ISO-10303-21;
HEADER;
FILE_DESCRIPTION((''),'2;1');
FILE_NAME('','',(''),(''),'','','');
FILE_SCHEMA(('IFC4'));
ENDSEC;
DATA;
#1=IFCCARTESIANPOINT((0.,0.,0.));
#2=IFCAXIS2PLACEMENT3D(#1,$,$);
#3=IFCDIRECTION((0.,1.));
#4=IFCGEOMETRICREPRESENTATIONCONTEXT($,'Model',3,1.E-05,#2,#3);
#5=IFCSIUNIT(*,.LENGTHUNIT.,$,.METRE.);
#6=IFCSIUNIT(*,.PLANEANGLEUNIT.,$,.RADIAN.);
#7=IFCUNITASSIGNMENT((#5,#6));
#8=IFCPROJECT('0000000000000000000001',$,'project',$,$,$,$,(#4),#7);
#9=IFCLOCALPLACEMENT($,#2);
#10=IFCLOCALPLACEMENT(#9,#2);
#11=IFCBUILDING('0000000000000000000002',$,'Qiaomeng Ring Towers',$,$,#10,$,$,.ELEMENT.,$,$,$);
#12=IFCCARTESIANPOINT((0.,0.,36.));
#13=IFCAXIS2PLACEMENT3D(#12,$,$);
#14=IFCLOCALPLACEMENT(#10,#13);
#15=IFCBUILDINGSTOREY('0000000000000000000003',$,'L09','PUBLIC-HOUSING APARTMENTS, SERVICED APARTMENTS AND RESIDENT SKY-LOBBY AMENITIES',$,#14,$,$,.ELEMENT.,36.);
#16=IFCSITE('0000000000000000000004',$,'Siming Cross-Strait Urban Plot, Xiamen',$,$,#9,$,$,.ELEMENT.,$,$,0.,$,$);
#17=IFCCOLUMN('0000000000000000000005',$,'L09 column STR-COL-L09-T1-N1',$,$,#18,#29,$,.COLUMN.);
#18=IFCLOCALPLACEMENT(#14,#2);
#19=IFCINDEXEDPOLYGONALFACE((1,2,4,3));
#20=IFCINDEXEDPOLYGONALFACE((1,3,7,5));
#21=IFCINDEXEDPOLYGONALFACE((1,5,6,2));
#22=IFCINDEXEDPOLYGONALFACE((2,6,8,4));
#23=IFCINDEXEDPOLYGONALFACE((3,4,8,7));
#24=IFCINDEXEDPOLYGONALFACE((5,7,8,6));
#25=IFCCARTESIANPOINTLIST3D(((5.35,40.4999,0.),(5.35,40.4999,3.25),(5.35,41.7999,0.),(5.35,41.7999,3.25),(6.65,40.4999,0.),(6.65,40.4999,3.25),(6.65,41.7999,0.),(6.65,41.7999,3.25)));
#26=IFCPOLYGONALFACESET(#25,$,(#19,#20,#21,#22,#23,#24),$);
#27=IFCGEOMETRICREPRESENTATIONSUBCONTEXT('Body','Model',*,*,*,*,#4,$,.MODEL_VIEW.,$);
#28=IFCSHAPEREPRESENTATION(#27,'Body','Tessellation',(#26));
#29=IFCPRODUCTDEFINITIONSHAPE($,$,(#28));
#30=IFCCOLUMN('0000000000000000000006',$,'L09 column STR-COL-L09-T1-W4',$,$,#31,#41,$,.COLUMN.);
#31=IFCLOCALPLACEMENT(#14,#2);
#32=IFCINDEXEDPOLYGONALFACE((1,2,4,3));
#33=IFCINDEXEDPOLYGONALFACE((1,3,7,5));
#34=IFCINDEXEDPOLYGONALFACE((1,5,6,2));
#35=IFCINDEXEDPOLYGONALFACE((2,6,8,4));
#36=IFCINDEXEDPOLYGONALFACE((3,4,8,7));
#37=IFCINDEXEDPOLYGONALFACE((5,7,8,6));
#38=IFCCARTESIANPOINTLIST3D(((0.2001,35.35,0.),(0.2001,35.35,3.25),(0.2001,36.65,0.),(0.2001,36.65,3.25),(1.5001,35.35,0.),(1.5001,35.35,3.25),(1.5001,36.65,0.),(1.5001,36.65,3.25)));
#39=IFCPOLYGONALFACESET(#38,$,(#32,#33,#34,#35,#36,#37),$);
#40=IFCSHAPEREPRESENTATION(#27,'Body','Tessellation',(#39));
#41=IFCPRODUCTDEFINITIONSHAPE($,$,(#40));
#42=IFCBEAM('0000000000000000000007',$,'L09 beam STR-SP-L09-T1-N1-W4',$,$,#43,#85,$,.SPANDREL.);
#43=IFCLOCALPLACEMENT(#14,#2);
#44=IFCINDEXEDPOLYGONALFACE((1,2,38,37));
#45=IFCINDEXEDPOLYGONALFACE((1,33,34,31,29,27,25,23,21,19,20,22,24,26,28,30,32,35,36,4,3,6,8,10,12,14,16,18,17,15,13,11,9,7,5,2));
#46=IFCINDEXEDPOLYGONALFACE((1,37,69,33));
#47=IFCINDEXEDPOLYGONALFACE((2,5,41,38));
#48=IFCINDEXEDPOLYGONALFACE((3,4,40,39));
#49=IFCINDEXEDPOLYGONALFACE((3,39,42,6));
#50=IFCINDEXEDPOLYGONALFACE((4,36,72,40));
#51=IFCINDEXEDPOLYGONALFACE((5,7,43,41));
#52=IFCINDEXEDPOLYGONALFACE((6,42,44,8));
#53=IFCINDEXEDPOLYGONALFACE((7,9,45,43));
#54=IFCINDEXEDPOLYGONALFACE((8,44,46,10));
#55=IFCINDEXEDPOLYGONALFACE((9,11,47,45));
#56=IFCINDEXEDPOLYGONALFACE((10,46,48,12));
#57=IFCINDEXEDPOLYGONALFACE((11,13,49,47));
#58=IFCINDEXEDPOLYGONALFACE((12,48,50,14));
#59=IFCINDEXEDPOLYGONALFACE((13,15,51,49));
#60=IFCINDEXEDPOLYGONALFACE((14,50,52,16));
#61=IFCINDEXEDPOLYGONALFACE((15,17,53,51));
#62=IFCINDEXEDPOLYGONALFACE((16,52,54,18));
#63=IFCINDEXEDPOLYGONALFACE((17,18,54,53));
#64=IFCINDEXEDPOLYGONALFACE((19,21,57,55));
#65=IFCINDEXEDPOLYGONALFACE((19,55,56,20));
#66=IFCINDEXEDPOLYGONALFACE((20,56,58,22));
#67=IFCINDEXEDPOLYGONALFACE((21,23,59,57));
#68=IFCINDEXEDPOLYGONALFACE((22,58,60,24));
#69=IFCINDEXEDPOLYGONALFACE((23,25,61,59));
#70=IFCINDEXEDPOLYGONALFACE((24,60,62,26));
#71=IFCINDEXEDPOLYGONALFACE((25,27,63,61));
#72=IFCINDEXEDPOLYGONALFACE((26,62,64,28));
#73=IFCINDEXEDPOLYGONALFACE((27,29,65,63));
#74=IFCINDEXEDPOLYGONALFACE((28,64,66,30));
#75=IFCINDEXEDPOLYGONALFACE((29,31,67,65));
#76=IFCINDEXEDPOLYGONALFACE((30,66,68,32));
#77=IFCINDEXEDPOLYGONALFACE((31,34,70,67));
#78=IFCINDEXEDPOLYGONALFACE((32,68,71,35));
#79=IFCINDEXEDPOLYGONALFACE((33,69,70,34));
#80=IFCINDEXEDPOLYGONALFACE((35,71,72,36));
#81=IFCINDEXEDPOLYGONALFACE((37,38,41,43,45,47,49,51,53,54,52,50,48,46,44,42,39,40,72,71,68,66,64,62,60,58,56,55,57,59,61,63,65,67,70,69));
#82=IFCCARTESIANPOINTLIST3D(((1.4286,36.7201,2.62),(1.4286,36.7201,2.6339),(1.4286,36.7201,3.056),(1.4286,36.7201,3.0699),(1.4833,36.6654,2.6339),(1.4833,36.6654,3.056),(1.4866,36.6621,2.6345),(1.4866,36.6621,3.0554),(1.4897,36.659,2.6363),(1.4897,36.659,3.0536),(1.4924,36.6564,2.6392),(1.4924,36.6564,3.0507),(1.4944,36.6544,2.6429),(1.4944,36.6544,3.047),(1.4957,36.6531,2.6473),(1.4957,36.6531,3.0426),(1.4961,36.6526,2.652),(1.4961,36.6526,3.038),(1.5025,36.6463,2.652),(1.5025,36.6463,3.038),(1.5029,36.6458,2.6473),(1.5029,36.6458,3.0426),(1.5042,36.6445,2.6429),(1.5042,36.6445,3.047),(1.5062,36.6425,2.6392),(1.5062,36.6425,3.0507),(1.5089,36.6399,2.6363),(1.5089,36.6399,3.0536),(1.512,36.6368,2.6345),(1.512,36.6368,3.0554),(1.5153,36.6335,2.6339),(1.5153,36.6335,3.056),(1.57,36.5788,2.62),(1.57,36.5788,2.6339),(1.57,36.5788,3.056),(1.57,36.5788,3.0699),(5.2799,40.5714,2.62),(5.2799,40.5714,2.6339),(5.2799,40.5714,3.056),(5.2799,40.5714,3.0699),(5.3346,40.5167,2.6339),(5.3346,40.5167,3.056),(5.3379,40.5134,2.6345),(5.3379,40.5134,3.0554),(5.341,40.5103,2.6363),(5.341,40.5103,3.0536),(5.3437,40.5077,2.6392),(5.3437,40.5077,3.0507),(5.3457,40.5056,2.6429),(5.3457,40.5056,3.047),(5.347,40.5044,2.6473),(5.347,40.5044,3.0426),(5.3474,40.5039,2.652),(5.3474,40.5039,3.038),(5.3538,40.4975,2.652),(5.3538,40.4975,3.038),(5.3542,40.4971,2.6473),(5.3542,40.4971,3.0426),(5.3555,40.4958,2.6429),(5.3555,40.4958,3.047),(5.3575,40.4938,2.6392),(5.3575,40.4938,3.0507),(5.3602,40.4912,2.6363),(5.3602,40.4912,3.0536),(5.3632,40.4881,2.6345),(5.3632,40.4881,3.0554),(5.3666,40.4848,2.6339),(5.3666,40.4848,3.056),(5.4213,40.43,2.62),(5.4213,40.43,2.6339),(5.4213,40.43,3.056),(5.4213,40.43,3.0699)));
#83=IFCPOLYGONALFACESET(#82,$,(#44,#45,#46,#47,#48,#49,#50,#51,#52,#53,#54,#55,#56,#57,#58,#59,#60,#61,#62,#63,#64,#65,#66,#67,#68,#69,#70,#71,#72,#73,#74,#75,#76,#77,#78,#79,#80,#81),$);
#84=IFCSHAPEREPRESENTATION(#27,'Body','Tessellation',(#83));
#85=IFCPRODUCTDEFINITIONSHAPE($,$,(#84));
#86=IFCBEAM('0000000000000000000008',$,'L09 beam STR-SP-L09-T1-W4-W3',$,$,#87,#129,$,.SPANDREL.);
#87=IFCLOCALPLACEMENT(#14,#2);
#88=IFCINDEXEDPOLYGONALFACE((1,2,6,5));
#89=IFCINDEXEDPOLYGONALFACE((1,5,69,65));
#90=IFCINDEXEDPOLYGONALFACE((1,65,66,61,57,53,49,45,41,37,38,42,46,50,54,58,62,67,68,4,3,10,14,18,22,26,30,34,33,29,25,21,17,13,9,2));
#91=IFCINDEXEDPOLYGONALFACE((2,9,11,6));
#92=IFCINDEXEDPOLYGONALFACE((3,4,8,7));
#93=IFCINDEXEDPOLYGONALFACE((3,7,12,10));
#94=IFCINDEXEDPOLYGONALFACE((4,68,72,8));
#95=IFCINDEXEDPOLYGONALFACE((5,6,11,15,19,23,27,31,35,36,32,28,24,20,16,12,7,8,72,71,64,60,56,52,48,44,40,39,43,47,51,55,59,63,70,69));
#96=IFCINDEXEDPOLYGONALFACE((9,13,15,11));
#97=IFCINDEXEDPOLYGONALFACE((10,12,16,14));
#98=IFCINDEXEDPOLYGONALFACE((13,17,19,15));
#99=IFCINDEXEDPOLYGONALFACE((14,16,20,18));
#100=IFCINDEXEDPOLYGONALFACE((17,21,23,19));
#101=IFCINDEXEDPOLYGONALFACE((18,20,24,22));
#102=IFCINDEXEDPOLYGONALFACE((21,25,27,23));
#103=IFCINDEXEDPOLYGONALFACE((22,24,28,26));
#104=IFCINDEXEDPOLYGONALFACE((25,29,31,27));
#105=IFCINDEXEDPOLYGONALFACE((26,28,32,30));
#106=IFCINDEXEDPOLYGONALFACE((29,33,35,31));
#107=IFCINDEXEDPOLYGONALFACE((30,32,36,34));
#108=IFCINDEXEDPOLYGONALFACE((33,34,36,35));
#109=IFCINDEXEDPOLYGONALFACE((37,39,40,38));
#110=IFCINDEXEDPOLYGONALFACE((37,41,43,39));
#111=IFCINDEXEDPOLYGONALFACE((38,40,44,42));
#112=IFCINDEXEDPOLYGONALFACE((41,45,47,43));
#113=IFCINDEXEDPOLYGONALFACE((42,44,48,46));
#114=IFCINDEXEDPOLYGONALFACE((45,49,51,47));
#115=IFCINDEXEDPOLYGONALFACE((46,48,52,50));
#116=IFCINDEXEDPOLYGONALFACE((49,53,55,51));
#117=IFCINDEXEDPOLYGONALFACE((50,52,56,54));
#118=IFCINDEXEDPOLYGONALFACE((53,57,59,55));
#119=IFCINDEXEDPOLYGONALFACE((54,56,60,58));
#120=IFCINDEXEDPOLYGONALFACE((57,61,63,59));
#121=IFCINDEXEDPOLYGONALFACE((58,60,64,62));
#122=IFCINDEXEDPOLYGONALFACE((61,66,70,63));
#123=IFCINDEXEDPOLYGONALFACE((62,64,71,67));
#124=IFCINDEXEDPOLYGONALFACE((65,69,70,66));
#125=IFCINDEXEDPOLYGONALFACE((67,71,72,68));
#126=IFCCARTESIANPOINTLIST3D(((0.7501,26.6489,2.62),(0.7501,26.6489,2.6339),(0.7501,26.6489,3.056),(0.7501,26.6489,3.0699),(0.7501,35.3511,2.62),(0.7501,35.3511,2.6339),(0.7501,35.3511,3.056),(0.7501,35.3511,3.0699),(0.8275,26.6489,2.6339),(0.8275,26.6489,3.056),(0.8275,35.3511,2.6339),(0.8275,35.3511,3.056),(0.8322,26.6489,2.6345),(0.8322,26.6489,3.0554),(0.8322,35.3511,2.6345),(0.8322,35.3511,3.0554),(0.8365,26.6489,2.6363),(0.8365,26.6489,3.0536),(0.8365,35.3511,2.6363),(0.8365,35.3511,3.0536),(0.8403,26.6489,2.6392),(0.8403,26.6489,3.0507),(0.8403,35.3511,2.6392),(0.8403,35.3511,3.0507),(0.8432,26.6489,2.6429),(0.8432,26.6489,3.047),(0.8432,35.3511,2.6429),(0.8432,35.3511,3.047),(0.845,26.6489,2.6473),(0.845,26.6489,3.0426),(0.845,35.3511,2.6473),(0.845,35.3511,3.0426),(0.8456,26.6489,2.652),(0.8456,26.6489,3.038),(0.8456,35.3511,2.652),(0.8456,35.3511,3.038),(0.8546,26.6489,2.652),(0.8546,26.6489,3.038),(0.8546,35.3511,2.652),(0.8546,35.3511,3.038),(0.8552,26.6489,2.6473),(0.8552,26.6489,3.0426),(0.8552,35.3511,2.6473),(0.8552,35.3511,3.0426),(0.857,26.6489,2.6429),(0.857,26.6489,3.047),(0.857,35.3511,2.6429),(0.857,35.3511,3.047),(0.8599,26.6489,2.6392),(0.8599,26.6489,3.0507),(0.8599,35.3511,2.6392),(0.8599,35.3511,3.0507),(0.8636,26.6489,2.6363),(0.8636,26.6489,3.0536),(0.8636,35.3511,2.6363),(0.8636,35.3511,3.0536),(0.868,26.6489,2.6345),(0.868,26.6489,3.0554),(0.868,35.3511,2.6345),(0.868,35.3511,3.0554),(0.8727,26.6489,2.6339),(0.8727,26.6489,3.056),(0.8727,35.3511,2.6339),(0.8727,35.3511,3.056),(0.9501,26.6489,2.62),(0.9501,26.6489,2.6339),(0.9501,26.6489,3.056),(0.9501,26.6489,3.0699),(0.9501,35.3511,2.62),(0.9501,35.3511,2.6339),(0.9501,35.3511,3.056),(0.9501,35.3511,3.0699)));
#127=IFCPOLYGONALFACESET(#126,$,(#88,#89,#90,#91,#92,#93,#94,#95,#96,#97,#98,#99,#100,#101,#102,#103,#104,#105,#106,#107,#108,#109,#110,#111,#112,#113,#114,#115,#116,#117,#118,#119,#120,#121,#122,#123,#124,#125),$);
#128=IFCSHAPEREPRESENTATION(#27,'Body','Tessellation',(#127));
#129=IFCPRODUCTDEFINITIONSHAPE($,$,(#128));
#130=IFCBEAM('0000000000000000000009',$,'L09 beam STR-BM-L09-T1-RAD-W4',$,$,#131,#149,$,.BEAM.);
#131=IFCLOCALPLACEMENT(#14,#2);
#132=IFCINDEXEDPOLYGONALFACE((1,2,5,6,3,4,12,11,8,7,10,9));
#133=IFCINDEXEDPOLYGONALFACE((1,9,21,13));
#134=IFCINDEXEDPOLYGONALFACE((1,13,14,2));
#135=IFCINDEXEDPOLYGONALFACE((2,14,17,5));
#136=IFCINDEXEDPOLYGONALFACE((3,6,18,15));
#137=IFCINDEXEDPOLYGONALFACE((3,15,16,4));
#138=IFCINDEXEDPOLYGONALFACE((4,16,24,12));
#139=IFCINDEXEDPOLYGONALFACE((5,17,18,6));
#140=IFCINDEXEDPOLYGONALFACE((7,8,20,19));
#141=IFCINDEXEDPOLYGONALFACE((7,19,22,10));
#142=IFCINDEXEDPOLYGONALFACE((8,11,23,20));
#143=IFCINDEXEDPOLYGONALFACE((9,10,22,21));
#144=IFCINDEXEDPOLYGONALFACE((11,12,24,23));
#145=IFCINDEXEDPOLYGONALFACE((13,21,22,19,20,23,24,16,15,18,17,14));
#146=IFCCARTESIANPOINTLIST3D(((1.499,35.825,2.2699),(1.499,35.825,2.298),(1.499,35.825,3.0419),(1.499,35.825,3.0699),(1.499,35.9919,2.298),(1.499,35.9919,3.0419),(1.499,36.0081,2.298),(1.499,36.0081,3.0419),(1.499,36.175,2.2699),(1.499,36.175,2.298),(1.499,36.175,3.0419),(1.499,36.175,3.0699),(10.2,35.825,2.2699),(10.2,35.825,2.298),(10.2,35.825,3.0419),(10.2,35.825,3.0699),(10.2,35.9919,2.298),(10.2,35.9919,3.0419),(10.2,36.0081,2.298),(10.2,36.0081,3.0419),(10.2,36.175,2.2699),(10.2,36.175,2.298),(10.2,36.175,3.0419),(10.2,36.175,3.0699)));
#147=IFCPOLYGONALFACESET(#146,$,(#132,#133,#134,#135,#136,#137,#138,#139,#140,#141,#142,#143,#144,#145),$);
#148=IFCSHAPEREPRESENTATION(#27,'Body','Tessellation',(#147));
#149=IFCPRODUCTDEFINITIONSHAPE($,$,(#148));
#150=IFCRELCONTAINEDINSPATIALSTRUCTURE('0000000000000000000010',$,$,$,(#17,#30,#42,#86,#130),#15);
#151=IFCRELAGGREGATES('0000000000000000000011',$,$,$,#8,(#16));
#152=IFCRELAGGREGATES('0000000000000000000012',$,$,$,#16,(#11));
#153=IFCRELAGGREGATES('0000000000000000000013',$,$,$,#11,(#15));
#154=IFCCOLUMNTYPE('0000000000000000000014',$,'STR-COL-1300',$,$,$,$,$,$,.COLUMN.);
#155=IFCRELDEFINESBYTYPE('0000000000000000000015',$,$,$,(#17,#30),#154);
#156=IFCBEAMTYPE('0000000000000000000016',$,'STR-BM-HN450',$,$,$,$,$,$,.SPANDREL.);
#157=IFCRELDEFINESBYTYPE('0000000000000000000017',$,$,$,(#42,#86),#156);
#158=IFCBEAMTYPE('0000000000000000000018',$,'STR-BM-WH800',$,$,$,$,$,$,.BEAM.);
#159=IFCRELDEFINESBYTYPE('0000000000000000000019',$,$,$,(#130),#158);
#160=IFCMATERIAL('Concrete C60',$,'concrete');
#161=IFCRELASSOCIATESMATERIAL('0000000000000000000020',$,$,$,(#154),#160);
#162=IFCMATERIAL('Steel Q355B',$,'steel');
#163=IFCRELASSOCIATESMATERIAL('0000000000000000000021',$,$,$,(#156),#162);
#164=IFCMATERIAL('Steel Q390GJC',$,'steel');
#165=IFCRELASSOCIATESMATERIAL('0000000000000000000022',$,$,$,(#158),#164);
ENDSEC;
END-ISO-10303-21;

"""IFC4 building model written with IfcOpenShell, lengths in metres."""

from ifc_helpers import new_model, si_unit, direction, frame, origin, origin_2d, place, context, subcontext, project, spatial, rectangle, i_section, extrude, source, transform, mapped, material, material_profile, profile_set, type_object, element, save


model = new_model("IFC4")

# Units and contexts
model_context = context("Model", 3, precision=1e-05, world=origin(), true_north=direction((0.0, 1.0)))
body_context = subcontext(model_context, "Body", "Model", "MODEL_VIEW")
ifc_project = project(units=[si_unit("LENGTHUNIT", "METRE"), si_unit("PLANEANGLEUNIT", "RADIAN")], contexts=[model_context])

# Site, building, storey
site_placement = place(None, origin())
site = spatial("IfcSite", under=ifc_project, at=site_placement, Name="Siming Cross-Strait Urban Plot, Xiamen", CompositionType="ELEMENT", RefElevation=0.0)
building_placement = place(site_placement, origin())
building = spatial("IfcBuilding", under=site, at=building_placement, Name="Qiaomeng Ring Towers", CompositionType="ELEMENT")
storey_placement = place(building_placement, frame((0.0, 0.0, 36.0)))
storey = spatial("IfcBuildingStorey", under=building, at=storey_placement, Name="L09", Description="PUBLIC-HOUSING APARTMENTS, SERVICED APARTMENTS AND RESIDENT SKY-LOBBY AMENITIES", CompositionType="ELEMENT", Elevation=36.0)

# Columns
ifc_material_1 = material(Name="Concrete C60", Category="concrete")
ifc_material_profile_1 = material_profile(ifc_material_1, rectangle(XDim=1.3, YDim=1.3, at=origin_2d()), Name="RC COL 1300x1300")
ifc_profile_set_1 = profile_set([ifc_material_profile_1], Name="Concrete C60")
column_type = type_object("IfcColumnType", Name="STR-COL-1300", PredefinedType="COLUMN", material=ifc_profile_set_1)
shared_shape_1 = source(origin(), body_context, "Body", "SweptSolid", [
    extrude(rectangle(XDim=1.3, YDim=1.3, at=origin_2d()), origin(), (0.0, 0.0, 1.0), 3.25),
])
for number, where, z_axis, x_axis, name in (
    (1, (6.0, 41.1499, 0.0), (0.0, 0.0, 1.0), (1.0, 0.0, 0.0), "L09 column STR-COL-L09-T1-N1"),
    (2, (0.8501, 36.0, 0.0), (0.0, 0.0, 1.0), (1.0, 0.0, 0.0), "L09 column STR-COL-L09-T1-W4"),
):
    element("IfcColumn", number, at=place(storey_placement, frame(where, z_axis=z_axis, x_axis=x_axis)), inside=storey, type_object=column_type, Name=name, PredefinedType="COLUMN", context=body_context, shape_type="MappedRepresentation", body=[
        mapped(shared_shape_1, transform((0.0, 0.0, 0.0), x_axis=(1.0, 0.0, 0.0), y_axis=(0.0, 1.0, 0.0), z_axis=(0.0, 0.0, 1.0), scale=1.0)),
    ])

# Beams
ifc_material_2 = material(Name="Steel Q355B", Category="steel")
ifc_material_profile_2 = material_profile(ifc_material_2, i_section(OverallWidth=0.2, OverallDepth=0.45, WebThickness=0.009, FlangeThickness=0.0139, FilletRadius=0.0181, at=origin_2d()), Name="HN 450x200x9x14")
ifc_profile_set_2 = profile_set([ifc_material_profile_2], Name="Steel Q355B")
beam_type_1 = type_object("IfcBeamType", Name="STR-BM-HN450", PredefinedType="SPANDREL", material=ifc_profile_set_2)
shared_shape_2 = source(origin(), body_context, "Body", "SweptSolid", [
    extrude(i_section(OverallWidth=0.2, OverallDepth=0.45, WebThickness=0.009, FlangeThickness=0.0139, FilletRadius=0.0181, at=origin_2d()), origin(), (0.0, 0.0, 1.0), 5.4465),
])
beam_1_placement = place(storey_placement, frame((5.3506, 40.5007, 2.845), z_axis=(-0.707107, -0.707107, 0.0), x_axis=(0.707107, -0.707107, 0.0)))
element("IfcBeam", 3, at=beam_1_placement, inside=storey, type_object=beam_type_1, Name="L09 beam STR-SP-L09-T1-N1-W4", PredefinedType="SPANDREL", context=body_context, shape_type="MappedRepresentation", body=[
    mapped(shared_shape_2, transform((0.0, 0.0, 0.0), x_axis=(1.0, 0.0, 0.0), y_axis=(0.0, 1.0, 0.0), z_axis=(0.0, 0.0, 1.0), scale=1.0)),
])
shared_shape_3 = source(origin(), body_context, "Body", "SweptSolid", [
    extrude(i_section(OverallWidth=0.2, OverallDepth=0.45, WebThickness=0.009, FlangeThickness=0.0139, FilletRadius=0.0181, at=origin_2d()), origin(), (0.0, 0.0, 1.0), 8.7021),
])
beam_2_placement = place(storey_placement, frame((0.8501, 35.3511, 2.845), z_axis=(0.0, -1.0, 0.0), x_axis=(1.0, 0.0, 0.0)))
element("IfcBeam", 4, at=beam_2_placement, inside=storey, type_object=beam_type_1, Name="L09 beam STR-SP-L09-T1-W4-W3", PredefinedType="SPANDREL", context=body_context, shape_type="MappedRepresentation", body=[
    mapped(shared_shape_3, transform((0.0, 0.0, 0.0), x_axis=(1.0, 0.0, 0.0), y_axis=(0.0, 1.0, 0.0), z_axis=(0.0, 0.0, 1.0), scale=1.0)),
])
ifc_material_3 = material(Name="Steel Q390GJC", Category="steel")
ifc_material_profile_3 = material_profile(ifc_material_3, i_section(OverallWidth=0.3501, OverallDepth=0.8, WebThickness=0.0161, FlangeThickness=0.0281, at=origin_2d()), Name="WH 800x350x16x28")
ifc_profile_set_3 = profile_set([ifc_material_profile_3], Name="Steel Q390GJC")
beam_type_2 = type_object("IfcBeamType", Name="STR-BM-WH800", PredefinedType="BEAM", material=ifc_profile_set_3)
shared_shape_4 = source(origin(), body_context, "Body", "SweptSolid", [
    extrude(i_section(OverallWidth=0.3501, OverallDepth=0.8, WebThickness=0.0161, FlangeThickness=0.0281, at=origin_2d()), origin(), (0.0, 0.0, 1.0), 8.7009),
])
beam_3_placement = place(storey_placement, frame((1.499, 36.0, 2.6699), z_axis=(1.0, 0.0, 0.0), x_axis=(0.0, 1.0, 0.0)))
element("IfcBeam", 5, at=beam_3_placement, inside=storey, type_object=beam_type_2, Name="L09 beam STR-BM-L09-T1-RAD-W4", PredefinedType="BEAM", context=body_context, shape_type="MappedRepresentation", body=[
    mapped(shared_shape_4, transform((0.0, 0.0, 0.0), x_axis=(1.0, 0.0, 0.0), y_axis=(0.0, 1.0, 0.0), z_axis=(0.0, 0.0, 1.0), scale=1.0)),
])

save(model, "model.ifc")
